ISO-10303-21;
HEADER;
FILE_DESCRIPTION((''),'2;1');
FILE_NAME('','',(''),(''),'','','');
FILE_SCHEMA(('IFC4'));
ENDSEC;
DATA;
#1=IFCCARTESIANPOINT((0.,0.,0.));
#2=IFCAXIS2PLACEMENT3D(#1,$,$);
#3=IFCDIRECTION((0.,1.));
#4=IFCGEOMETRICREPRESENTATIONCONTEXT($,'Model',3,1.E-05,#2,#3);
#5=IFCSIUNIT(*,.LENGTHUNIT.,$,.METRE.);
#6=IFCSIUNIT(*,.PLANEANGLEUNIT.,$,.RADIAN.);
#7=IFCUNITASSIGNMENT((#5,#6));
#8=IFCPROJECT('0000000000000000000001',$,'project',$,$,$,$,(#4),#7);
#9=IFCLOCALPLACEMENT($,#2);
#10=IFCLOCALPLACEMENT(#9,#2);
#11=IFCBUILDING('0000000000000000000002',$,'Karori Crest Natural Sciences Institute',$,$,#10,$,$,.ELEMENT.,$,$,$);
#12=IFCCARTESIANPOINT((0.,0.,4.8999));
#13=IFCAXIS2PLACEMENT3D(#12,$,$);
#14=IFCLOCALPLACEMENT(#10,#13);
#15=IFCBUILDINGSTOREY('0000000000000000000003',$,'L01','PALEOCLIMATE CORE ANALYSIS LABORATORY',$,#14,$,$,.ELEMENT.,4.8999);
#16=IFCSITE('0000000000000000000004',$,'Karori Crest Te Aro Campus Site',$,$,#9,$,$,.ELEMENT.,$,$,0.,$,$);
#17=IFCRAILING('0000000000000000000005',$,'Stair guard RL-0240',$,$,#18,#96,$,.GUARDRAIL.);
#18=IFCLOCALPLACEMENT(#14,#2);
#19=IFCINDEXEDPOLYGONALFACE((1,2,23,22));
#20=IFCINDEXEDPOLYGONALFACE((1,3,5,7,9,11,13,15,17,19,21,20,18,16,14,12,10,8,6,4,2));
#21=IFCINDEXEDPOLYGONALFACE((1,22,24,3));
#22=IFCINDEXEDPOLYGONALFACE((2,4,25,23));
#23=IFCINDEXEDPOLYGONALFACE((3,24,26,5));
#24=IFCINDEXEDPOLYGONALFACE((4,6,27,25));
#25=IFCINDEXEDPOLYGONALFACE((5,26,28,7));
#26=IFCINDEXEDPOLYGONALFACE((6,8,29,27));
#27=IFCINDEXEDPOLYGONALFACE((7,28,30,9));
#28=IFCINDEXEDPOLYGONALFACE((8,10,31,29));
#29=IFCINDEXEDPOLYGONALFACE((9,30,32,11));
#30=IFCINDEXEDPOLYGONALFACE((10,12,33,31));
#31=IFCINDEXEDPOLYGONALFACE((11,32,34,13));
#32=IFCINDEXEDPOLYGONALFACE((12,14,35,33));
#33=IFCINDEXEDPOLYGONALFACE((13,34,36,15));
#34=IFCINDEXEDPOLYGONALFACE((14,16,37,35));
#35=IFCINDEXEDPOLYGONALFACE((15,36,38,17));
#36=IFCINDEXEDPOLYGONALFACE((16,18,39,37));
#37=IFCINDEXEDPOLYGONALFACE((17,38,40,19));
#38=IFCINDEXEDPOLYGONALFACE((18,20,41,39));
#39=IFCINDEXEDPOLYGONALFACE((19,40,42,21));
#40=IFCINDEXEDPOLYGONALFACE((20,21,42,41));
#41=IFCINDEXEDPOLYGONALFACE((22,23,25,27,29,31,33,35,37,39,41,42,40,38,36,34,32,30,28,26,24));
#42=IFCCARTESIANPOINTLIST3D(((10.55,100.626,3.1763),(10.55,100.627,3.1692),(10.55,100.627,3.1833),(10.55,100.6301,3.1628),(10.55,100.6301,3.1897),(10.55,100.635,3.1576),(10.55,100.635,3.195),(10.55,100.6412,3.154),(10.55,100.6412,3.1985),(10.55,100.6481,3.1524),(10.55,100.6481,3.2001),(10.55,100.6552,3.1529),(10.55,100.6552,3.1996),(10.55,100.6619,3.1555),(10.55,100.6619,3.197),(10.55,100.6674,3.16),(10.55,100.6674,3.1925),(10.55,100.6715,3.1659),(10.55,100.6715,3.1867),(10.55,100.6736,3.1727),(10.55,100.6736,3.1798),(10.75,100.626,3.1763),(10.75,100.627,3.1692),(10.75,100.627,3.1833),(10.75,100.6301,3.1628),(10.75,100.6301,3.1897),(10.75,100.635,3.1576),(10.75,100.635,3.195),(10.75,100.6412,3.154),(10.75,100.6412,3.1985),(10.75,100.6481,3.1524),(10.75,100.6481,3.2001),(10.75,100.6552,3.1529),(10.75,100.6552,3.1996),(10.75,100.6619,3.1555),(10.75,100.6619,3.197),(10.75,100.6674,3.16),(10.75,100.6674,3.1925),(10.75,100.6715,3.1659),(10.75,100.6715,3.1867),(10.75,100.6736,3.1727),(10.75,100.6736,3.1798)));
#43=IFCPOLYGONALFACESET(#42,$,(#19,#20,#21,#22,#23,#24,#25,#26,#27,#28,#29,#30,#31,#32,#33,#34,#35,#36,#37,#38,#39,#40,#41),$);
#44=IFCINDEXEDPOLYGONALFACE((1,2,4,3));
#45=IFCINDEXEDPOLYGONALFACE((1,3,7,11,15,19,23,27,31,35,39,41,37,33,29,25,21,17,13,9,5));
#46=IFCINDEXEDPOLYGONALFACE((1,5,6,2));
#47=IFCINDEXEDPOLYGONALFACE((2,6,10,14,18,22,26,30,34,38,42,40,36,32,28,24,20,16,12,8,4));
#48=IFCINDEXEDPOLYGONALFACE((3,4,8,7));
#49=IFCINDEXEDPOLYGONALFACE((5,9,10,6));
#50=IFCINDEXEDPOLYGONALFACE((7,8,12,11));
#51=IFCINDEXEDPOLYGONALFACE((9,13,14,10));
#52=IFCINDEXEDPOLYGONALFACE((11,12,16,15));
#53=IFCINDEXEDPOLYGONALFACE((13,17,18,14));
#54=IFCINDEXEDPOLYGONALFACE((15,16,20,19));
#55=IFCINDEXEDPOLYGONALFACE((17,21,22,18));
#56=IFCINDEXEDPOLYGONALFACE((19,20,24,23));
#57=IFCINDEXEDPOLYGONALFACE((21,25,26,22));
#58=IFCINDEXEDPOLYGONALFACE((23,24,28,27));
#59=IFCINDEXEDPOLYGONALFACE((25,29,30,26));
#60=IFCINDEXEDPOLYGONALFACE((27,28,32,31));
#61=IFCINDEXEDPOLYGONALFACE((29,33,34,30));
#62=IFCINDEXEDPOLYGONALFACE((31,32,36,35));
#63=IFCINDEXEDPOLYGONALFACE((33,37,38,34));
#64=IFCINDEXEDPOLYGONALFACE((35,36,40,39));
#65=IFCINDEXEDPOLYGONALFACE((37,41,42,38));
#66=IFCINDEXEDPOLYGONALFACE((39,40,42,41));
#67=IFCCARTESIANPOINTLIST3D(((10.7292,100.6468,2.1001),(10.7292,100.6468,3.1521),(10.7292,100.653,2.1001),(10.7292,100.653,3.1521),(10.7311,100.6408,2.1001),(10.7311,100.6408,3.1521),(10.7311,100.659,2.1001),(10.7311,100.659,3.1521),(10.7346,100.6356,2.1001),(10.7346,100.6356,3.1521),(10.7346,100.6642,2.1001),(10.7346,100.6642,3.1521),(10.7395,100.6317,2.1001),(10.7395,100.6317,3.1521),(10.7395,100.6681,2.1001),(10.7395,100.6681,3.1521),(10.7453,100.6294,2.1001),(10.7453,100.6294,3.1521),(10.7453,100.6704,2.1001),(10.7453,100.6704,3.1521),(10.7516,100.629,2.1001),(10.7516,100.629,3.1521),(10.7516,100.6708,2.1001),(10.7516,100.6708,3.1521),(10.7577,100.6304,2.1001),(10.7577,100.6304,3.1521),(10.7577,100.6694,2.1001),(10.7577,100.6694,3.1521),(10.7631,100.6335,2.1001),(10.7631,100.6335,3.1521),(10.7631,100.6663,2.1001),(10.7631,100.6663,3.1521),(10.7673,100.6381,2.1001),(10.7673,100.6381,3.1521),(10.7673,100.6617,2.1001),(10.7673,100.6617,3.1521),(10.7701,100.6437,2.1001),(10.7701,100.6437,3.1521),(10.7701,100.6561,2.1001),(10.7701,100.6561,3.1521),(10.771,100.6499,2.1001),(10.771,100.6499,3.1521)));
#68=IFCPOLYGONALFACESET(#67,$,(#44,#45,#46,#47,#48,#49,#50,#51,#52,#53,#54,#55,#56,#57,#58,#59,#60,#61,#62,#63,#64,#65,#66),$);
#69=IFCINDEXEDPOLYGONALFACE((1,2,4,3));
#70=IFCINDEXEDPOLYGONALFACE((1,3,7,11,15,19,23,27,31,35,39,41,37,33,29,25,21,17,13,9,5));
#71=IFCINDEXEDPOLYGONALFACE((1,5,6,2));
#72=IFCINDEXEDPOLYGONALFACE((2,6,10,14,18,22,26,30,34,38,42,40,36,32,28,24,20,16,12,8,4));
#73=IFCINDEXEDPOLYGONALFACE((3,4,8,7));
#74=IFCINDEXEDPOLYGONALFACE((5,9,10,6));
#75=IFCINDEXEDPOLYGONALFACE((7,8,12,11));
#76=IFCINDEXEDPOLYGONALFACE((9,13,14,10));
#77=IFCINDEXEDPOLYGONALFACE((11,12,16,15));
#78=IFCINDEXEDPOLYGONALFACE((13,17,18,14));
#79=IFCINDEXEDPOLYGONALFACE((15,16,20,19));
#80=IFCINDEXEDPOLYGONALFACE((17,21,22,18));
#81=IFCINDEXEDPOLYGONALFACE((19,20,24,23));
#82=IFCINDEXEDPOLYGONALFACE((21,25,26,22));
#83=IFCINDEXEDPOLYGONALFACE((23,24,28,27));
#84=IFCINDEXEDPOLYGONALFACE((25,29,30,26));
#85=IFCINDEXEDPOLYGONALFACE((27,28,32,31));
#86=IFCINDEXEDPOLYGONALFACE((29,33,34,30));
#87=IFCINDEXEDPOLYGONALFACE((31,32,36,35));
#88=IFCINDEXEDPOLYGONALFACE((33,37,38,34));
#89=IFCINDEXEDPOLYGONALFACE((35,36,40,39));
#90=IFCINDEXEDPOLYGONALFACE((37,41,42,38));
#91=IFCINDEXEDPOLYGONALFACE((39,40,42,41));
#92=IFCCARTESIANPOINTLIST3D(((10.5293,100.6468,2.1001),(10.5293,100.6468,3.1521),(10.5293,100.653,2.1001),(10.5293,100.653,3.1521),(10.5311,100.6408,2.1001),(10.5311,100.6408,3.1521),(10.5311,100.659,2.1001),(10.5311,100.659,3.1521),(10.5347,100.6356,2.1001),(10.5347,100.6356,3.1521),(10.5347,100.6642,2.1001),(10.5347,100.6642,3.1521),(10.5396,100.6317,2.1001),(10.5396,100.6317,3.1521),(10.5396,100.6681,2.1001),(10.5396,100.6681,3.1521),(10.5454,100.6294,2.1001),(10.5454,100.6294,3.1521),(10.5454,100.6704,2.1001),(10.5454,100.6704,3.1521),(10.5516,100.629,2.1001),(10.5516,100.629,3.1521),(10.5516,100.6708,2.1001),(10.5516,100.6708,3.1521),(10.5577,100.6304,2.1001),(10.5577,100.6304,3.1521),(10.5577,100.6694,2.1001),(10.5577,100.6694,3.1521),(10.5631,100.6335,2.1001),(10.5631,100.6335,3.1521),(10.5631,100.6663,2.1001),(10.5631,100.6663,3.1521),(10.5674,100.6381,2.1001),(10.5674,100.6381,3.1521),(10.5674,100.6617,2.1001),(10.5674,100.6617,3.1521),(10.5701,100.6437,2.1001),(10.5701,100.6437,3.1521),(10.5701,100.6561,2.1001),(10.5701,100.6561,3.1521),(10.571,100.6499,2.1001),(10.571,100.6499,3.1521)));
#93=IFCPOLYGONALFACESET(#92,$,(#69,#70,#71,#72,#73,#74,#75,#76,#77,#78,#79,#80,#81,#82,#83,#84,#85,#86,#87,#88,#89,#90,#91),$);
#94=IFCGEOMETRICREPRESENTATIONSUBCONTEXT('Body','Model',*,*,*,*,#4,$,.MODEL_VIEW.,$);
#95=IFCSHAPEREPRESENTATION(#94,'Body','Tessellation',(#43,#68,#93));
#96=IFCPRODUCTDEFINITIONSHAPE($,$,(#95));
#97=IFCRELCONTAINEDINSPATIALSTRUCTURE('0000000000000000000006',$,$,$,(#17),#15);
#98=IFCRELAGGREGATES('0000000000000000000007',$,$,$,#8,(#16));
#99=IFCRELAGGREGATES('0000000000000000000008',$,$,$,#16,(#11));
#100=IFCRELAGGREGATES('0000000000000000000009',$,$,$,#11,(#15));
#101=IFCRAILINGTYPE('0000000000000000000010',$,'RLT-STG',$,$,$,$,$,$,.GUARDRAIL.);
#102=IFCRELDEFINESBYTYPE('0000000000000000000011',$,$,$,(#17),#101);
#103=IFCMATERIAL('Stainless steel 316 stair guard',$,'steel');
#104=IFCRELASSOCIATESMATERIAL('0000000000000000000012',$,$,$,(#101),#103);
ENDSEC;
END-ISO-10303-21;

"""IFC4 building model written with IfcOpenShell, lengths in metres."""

from ifc_helpers import new_model, si_unit, direction, frame, origin, origin_2d, place, context, subcontext, project, spatial, circle, extrude, material, type_object, element, save


model = new_model("IFC4")

# Units and contexts
model_context = context("Model", 3, precision=1e-05, world=origin(), true_north=direction((0.0, 1.0)))
body_context = subcontext(model_context, "Body", "Model", "MODEL_VIEW")
ifc_project = project(units=[si_unit("LENGTHUNIT", "METRE"), si_unit("PLANEANGLEUNIT", "RADIAN")], contexts=[model_context])

# Site, building, storey
site_placement = place(None, origin())
site = spatial("IfcSite", under=ifc_project, at=site_placement, Name="Karori Crest Te Aro Campus Site", CompositionType="ELEMENT", RefElevation=0.0)
building_placement = place(site_placement, origin())
building = spatial("IfcBuilding", under=site, at=building_placement, Name="Karori Crest Natural Sciences Institute", CompositionType="ELEMENT")
storey_placement = place(building_placement, frame((0.0, 0.0, 4.8999)))
storey = spatial("IfcBuildingStorey", under=building, at=storey_placement, Name="L01", Description="PALEOCLIMATE CORE ANALYSIS LABORATORY", CompositionType="ELEMENT", Elevation=4.8999)

# Railing
ifc_material_1 = material(Name="Stainless steel 316 stair guard", Category="steel")
railing_type_1 = type_object("IfcRailingType", Name="RLT-STG", PredefinedType="GUARDRAIL", material=ifc_material_1)
railing_1_placement = place(storey_placement, frame((10.75, 100.6499, 2.1001)))
element("IfcRailing", 1, at=railing_1_placement, inside=storey, type_object=railing_type_1, Name="Stair guard RL-0240", PredefinedType="GUARDRAIL", context=body_context, shape_type="SweptSolid", body=[
    extrude(circle(Radius=0.0239, at=origin_2d()), frame((0.0, 0.0, 1.0762), z_axis=(-1.0, 0.0, 0.0), x_axis=(0.0, -1.0, 0.0)), (0.0, 0.0, 1.0), 0.2),
    extrude(circle(Radius=0.021, at=origin_2d()), origin(), (0.0, 0.0, 1.0), 1.052),
    extrude(circle(Radius=0.021, at=origin_2d()), frame((-0.2, 0.0, 0.0)), (0.0, 0.0, 1.0), 1.052),
])

save(model, "model.ifc")
